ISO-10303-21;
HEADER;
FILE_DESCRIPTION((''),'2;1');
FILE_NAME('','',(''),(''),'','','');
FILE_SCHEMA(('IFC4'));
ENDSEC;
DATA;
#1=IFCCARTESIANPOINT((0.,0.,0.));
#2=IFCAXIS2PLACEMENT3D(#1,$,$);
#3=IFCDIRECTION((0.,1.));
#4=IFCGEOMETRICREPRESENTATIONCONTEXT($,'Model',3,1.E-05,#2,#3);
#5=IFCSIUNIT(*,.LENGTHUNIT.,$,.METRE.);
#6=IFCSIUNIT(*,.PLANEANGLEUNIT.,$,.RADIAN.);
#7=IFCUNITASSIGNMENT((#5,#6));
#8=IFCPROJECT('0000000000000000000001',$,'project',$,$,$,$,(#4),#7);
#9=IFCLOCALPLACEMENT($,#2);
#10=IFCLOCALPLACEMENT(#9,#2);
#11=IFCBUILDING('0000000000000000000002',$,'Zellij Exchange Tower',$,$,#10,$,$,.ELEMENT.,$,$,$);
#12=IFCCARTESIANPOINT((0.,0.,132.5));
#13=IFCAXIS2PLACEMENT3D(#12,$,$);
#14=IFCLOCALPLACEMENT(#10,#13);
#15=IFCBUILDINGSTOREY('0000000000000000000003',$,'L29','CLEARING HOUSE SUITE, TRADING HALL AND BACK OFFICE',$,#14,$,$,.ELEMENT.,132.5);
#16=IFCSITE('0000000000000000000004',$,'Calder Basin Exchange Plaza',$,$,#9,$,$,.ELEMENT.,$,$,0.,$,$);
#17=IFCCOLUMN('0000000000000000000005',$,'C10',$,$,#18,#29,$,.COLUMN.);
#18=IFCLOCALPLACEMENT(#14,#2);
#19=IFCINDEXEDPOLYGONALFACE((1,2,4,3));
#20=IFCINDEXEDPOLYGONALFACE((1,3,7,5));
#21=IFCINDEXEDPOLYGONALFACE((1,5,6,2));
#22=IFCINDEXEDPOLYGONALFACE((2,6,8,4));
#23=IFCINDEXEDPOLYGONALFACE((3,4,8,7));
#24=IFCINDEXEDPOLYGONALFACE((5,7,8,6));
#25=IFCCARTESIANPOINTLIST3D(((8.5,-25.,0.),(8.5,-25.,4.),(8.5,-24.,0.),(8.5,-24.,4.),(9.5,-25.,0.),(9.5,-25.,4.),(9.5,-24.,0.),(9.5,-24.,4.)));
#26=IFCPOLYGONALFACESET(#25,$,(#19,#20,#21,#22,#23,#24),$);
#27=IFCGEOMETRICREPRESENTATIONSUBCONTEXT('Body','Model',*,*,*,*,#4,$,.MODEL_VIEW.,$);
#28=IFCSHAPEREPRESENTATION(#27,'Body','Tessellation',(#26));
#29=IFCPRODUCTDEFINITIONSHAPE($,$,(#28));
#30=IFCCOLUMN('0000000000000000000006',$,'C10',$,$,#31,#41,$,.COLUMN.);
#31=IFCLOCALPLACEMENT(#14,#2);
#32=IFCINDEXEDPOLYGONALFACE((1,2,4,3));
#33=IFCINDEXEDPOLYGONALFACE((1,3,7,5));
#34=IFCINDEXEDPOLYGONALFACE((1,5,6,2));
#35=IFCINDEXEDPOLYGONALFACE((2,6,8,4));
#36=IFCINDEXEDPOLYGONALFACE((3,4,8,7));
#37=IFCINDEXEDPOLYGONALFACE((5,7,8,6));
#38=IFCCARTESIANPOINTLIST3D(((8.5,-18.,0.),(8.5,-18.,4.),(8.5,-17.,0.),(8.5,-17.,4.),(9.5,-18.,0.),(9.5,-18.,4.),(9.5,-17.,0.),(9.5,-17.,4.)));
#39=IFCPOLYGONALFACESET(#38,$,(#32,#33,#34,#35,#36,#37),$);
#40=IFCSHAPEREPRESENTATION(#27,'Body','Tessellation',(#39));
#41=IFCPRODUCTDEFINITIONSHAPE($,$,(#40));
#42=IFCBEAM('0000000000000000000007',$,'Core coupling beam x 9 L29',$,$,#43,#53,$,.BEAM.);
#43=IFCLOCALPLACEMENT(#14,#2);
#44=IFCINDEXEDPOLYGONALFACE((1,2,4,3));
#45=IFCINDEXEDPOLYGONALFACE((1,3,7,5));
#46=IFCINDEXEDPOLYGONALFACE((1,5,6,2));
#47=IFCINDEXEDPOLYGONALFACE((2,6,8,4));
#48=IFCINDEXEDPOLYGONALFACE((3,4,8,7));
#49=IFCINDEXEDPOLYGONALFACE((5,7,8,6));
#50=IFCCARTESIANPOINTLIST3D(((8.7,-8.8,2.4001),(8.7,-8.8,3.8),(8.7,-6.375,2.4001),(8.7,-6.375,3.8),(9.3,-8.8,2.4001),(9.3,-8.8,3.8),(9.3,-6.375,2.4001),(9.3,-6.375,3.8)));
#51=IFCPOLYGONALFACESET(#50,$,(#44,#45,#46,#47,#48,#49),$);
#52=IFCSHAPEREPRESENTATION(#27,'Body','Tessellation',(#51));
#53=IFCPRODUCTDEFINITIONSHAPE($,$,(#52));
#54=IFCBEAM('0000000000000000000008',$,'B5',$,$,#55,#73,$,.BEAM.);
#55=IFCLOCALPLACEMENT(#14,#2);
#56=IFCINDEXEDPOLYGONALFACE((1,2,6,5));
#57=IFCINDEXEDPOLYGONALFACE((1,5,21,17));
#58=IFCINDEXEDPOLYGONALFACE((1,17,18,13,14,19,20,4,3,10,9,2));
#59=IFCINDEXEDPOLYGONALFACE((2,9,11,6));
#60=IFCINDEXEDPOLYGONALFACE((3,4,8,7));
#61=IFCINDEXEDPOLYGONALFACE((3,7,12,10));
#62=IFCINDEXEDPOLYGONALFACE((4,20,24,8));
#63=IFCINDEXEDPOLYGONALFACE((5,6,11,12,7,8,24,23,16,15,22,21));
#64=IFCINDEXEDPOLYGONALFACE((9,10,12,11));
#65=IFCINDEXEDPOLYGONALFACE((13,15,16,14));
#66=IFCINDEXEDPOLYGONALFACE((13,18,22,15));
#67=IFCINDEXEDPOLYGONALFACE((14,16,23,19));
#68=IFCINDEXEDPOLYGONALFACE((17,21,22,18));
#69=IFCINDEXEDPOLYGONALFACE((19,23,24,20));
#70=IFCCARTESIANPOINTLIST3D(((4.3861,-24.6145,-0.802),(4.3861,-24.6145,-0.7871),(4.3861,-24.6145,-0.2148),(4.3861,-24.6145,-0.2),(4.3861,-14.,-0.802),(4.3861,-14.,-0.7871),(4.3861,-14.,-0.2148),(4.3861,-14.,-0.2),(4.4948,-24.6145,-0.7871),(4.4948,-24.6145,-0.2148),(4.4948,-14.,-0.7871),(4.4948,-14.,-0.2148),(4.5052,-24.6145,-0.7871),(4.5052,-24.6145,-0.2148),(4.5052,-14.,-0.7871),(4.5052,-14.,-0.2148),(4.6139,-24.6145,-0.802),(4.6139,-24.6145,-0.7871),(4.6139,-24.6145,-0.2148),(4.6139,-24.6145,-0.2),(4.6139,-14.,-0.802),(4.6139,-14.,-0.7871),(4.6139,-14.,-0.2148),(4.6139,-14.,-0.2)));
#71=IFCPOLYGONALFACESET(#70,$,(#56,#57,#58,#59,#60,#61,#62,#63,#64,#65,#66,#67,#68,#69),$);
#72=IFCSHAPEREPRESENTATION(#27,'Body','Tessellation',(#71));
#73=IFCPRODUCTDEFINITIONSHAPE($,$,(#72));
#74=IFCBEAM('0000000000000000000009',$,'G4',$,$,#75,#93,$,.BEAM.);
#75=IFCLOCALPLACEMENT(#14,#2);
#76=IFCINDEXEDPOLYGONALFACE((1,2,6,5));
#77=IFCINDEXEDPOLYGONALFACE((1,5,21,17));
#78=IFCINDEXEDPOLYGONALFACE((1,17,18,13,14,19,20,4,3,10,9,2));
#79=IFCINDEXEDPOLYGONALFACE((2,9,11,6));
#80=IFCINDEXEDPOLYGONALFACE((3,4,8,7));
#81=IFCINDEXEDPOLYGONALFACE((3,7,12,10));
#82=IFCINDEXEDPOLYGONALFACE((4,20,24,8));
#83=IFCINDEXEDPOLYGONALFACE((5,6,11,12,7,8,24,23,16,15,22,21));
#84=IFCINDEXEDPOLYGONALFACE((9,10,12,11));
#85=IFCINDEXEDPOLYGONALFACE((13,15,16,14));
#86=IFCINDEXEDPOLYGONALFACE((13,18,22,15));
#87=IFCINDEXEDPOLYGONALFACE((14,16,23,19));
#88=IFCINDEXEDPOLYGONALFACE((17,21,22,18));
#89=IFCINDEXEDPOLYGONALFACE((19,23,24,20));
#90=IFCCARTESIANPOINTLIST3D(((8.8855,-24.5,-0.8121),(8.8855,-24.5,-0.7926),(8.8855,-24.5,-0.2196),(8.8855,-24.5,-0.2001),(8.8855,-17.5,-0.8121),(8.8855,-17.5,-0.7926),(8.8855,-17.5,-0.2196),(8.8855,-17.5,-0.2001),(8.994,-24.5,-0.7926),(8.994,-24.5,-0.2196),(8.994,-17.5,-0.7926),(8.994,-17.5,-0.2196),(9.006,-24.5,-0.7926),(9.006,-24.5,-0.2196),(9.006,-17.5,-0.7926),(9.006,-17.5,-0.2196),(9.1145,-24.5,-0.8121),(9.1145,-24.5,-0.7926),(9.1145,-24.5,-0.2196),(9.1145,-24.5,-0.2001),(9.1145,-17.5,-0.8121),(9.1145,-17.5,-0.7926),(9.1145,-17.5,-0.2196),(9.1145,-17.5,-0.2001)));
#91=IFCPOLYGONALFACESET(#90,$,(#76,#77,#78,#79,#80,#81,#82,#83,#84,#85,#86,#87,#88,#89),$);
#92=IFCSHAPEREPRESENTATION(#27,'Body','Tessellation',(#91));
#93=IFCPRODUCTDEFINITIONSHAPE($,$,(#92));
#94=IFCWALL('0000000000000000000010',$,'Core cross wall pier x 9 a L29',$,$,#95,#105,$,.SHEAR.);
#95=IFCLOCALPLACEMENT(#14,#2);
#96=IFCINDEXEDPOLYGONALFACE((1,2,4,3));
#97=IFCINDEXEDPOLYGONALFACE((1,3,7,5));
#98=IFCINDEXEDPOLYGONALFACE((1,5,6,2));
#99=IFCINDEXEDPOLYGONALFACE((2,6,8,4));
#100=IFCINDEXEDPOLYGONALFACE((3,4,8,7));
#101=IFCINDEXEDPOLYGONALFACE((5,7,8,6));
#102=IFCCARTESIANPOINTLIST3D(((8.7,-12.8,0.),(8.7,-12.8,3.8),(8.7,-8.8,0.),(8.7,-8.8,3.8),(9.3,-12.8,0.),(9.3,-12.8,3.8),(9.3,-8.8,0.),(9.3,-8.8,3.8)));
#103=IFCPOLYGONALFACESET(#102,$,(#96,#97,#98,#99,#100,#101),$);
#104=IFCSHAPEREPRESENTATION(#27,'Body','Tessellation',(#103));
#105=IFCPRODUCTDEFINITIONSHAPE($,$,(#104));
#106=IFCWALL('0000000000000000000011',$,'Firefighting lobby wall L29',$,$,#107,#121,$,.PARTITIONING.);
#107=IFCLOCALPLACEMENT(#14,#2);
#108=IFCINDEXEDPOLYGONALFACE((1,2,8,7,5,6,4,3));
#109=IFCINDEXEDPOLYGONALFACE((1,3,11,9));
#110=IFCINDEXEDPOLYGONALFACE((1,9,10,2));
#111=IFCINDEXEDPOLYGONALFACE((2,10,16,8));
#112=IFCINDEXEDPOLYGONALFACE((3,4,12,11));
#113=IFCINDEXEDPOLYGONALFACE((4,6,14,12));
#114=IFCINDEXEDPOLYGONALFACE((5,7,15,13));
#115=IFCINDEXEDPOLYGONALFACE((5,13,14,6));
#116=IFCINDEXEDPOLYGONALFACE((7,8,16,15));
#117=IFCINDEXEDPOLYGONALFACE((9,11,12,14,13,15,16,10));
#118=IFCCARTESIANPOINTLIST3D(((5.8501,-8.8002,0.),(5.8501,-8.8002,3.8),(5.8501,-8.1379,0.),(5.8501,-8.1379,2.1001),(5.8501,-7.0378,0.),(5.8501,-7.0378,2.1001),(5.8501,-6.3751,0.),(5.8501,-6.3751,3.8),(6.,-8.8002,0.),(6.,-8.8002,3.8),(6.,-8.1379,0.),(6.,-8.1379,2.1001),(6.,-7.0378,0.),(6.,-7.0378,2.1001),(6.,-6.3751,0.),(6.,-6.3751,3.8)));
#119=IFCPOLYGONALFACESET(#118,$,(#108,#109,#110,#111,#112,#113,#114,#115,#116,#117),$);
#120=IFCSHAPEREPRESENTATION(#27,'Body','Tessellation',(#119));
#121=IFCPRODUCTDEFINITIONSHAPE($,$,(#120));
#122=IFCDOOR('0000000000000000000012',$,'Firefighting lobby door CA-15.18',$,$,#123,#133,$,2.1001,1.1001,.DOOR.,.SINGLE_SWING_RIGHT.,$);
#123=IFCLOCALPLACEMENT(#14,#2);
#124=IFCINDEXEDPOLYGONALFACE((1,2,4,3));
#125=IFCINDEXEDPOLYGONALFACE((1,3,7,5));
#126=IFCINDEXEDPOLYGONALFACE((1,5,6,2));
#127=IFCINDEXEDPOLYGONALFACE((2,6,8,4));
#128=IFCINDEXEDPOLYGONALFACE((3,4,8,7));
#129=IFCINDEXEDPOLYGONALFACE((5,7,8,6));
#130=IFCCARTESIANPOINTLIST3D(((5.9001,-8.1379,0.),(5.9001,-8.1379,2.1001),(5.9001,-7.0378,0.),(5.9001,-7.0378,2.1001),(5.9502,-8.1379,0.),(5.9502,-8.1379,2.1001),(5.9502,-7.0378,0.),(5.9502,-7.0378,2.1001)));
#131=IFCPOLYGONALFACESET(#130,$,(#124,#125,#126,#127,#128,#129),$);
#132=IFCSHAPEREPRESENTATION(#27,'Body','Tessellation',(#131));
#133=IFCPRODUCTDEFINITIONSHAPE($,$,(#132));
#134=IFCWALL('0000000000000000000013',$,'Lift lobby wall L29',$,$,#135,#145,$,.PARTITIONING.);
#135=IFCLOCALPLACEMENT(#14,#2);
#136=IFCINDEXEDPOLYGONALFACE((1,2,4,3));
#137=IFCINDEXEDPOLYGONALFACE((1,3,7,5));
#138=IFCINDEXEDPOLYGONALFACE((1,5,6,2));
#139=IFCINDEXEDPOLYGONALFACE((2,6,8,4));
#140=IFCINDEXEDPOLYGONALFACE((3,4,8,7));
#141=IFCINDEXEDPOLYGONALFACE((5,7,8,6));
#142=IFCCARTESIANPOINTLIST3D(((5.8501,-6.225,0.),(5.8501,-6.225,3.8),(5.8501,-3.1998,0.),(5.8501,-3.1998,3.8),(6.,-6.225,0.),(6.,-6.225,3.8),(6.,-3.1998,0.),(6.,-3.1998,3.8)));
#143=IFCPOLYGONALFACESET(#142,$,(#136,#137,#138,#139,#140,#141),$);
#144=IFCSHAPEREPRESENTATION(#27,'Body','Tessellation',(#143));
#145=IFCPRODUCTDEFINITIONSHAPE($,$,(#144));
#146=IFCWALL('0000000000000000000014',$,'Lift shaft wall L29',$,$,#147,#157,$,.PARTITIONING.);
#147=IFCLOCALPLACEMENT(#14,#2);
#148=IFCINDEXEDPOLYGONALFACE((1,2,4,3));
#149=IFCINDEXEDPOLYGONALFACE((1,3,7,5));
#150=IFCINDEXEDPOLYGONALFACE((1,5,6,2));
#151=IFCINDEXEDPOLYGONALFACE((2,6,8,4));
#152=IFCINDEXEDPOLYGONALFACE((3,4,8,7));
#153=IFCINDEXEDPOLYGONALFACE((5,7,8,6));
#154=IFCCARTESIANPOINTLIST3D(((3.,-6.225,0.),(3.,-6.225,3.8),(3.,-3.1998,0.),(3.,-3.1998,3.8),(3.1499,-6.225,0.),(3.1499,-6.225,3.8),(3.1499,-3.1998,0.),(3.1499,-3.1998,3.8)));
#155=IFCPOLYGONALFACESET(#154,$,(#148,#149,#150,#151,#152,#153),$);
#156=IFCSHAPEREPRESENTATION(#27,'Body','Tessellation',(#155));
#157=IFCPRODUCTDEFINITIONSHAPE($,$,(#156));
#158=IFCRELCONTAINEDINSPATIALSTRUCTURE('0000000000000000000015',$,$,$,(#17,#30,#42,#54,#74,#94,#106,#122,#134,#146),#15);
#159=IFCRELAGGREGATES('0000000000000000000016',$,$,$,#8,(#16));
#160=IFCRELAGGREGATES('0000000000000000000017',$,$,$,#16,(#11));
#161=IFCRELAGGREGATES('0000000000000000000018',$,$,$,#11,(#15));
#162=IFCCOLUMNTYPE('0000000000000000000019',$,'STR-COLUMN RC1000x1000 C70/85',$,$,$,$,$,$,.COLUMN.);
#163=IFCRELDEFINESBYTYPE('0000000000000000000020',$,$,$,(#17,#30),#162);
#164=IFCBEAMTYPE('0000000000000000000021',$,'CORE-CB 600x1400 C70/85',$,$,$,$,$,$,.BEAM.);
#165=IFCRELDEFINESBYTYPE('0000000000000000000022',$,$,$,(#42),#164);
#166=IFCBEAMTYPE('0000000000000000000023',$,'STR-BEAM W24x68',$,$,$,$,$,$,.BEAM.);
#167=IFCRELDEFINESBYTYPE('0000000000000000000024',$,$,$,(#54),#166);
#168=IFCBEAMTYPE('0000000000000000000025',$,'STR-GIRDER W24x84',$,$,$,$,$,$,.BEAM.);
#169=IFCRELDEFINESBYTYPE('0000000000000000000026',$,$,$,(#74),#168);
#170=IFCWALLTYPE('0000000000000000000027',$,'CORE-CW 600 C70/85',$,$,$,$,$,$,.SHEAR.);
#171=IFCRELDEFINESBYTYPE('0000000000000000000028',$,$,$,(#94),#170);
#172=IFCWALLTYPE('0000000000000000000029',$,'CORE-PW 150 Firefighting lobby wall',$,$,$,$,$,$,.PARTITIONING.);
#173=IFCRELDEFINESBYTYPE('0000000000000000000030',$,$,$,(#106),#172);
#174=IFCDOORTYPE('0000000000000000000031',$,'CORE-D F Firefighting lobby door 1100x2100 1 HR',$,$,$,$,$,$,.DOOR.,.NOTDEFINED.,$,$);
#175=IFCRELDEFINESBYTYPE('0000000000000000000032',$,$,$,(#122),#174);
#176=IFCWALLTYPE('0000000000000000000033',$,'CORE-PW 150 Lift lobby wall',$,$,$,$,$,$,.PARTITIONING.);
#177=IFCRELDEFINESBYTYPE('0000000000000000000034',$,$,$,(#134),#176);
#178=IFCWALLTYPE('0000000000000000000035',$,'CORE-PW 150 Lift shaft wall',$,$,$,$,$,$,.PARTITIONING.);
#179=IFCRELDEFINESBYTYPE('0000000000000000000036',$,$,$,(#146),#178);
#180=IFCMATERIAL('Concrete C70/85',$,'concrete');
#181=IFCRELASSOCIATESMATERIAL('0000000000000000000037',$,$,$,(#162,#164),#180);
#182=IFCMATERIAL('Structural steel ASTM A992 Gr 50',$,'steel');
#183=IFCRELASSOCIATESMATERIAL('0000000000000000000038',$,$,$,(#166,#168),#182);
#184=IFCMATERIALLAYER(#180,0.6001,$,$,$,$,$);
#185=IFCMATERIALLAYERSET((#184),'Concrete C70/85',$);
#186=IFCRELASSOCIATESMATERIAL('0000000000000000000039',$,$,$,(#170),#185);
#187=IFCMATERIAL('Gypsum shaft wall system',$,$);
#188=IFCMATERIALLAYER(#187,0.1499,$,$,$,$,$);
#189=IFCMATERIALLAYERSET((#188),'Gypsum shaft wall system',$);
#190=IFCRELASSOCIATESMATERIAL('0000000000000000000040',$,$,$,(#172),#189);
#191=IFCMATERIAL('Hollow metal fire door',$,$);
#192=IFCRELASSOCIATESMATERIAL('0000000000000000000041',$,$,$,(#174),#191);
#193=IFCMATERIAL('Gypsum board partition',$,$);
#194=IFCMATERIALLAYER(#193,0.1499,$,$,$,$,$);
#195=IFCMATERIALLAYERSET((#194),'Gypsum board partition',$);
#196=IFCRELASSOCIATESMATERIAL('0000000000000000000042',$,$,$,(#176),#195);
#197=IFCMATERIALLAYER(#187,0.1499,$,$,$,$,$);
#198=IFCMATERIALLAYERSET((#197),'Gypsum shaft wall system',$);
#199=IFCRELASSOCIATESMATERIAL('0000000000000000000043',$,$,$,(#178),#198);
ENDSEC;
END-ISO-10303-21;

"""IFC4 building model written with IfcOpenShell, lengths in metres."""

from ifc_helpers import new_model, si_unit, direction, frame, frame_2d, origin, origin_2d, place, context, subcontext, project, spatial, rectangle, i_section, extrude, material, layer, layer_set, material_profile, profile_set, type_object, element, fill, save


model = new_model("IFC4")

# Units and contexts
model_context = context("Model", 3, precision=1e-05, world=origin(), true_north=direction((0.0, 1.0)))
body_context = subcontext(model_context, "Body", "Model", "MODEL_VIEW")
ifc_project = project(units=[si_unit("LENGTHUNIT", "METRE"), si_unit("PLANEANGLEUNIT", "RADIAN")], contexts=[model_context])

# Site, building, storey
site_placement = place(None, origin())
site = spatial("IfcSite", under=ifc_project, at=site_placement, Name="Calder Basin Exchange Plaza", CompositionType="ELEMENT", RefElevation=0.0)
building_placement = place(site_placement, origin())
building = spatial("IfcBuilding", under=site, at=building_placement, Name="Zellij Exchange Tower", CompositionType="ELEMENT")
storey_placement = place(building_placement, frame((0.0, 0.0, 132.5)))
storey = spatial("IfcBuildingStorey", under=building, at=storey_placement, Name="L29", Description="CLEARING HOUSE SUITE, TRADING HALL AND BACK OFFICE", CompositionType="ELEMENT", Elevation=132.5)

# Columns
ifc_material_1 = material(Name="Concrete C70/85", Category="concrete")
ifc_material_profile_1 = material_profile(ifc_material_1, rectangle(XDim=1.0, YDim=1.0, at=origin_2d()), Name="STR-COLUMN RC1000x1000 C70/85")
ifc_profile_set_1 = profile_set([ifc_material_profile_1], Name="Concrete C70/85")
column_type = type_object("IfcColumnType", Name="STR-COLUMN RC1000x1000 C70/85", PredefinedType="COLUMN", material=ifc_profile_set_1)
for number, where, z_axis, x_axis, name in (
    (1, (9.0, -24.5, 0.0), (0.0, 0.0, 1.0), (1.0, 0.0, 0.0), "C10"),
    (2, (9.0, -17.5, 0.0), (0.0, 0.0, 1.0), (1.0, 0.0, 0.0), "C10"),
):
    element("IfcColumn", number, at=place(storey_placement, frame(where, z_axis=z_axis, x_axis=x_axis)), inside=storey, type_object=column_type, Name=name, PredefinedType="COLUMN", context=body_context, shape_type="SweptSolid", body=[
        extrude(rectangle(XDim=1.0, YDim=1.0, at=origin_2d()), origin(), (0.0, 0.0, 1.0), 4.0),
    ])

# Beams
ifc_material_profile_2 = material_profile(ifc_material_1, rectangle(XDim=0.6001, YDim=1.3999, at=origin_2d()), Name="CORE-CB 600x1400 C70/85")
ifc_profile_set_2 = profile_set([ifc_material_profile_2], Name="Concrete C70/85")
beam_type_1 = type_object("IfcBeamType", Name="CORE-CB 600x1400 C70/85", PredefinedType="BEAM", material=ifc_profile_set_2)
beam_1_placement = place(storey_placement, frame((9.0, -8.8, 3.1001), z_axis=(0.0, 1.0, 0.0), x_axis=(-1.0, 0.0, 0.0)))
element("IfcBeam", 3, at=beam_1_placement, inside=storey, type_object=beam_type_1, Name="Core coupling beam x 9 L29", PredefinedType="BEAM", context=body_context, shape_type="SweptSolid", body=[
    extrude(rectangle(XDim=0.6001, YDim=1.3999, at=origin_2d()), origin(), (0.0, 0.0, 1.0), 2.425),
])
ifc_material_2 = material(Name="Structural steel ASTM A992 Gr 50", Category="steel")
ifc_material_profile_3 = material_profile(ifc_material_2, i_section(OverallWidth=0.2278, OverallDepth=0.6021, WebThickness=0.0105, FlangeThickness=0.0149, at=origin_2d()), Name="W24x68")
ifc_profile_set_3 = profile_set([ifc_material_profile_3], Name="Structural steel ASTM A992 Gr 50")
beam_type_2 = type_object("IfcBeamType", Name="STR-BEAM W24x68", PredefinedType="BEAM", material=ifc_profile_set_3)
beam_2_placement = place(storey_placement, frame((4.5, -24.6145, -0.501), z_axis=(0.0, 1.0, 0.0), x_axis=(-1.0, 0.0, 0.0)))
element("IfcBeam", 4, at=beam_2_placement, inside=storey, type_object=beam_type_2, Name="B5", PredefinedType="BEAM", context=body_context, shape_type="SweptSolid", body=[
    extrude(i_section(OverallWidth=0.2278, OverallDepth=0.6021, WebThickness=0.0105, FlangeThickness=0.0149, at=origin_2d()), origin(), (0.0, 0.0, 1.0), 10.6145),
])
ifc_material_profile_4 = material_profile(ifc_material_2, i_section(OverallWidth=0.229, OverallDepth=0.6121, WebThickness=0.012, FlangeThickness=0.0195, at=origin_2d()), Name="W24x84")
ifc_profile_set_4 = profile_set([ifc_material_profile_4], Name="Structural steel ASTM A992 Gr 50")
beam_type_3 = type_object("IfcBeamType", Name="STR-GIRDER W24x84", PredefinedType="BEAM", material=ifc_profile_set_4)
beam_3_placement = place(storey_placement, frame((9.0, -24.5, -0.5061), z_axis=(0.0, 1.0, 0.0), x_axis=(-1.0, 0.0, 0.0)))
element("IfcBeam", 5, at=beam_3_placement, inside=storey, type_object=beam_type_3, Name="G4", PredefinedType="BEAM", context=body_context, shape_type="SweptSolid", body=[
    extrude(i_section(OverallWidth=0.229, OverallDepth=0.6121, WebThickness=0.012, FlangeThickness=0.0195, at=origin_2d()), origin(), (0.0, 0.0, 1.0), 7.0),
])

# Wall
ifc_layer_1 = layer(ifc_material_1, 0.6001)
ifc_layer_set_1 = layer_set([ifc_layer_1], Name="Concrete C70/85")
wall_type_1 = type_object("IfcWallType", Name="CORE-CW 600 C70/85", PredefinedType="SHEAR", material=ifc_layer_set_1)
wall_1_placement = place(storey_placement, frame((9.0, -12.8, 0.0), z_axis=(0.0, 0.0, 1.0), x_axis=(0.0, 1.0, 0.0)))
element("IfcWall", 6, at=wall_1_placement, inside=storey, type_object=wall_type_1, Name="Core cross wall pier x 9 a L29", PredefinedType="SHEAR", context=body_context, shape_type="SweptSolid", body=[
    extrude(rectangle(XDim=4.0, YDim=0.6001, at=frame_2d((2.0, 0.0))), origin(), (0.0, 0.0, 1.0), 3.8),
])

# Wall, opening, door
ifc_material_3 = material(Name="Gypsum shaft wall system")
ifc_layer_2 = layer(ifc_material_3, 0.1499)
ifc_layer_set_2 = layer_set([ifc_layer_2], Name="Gypsum shaft wall system")
wall_type_2 = type_object("IfcWallType", Name="CORE-PW 150 Firefighting lobby wall", PredefinedType="PARTITIONING", material=ifc_layer_set_2)
wall_2_placement = place(storey_placement, frame((5.925, -8.8, 0.0), z_axis=(0.0, 0.0, 1.0), x_axis=(0.0, 1.0, 0.0)))
wall_2 = element("IfcWall", 7, at=wall_2_placement, inside=storey, type_object=wall_type_2, Name="Firefighting lobby wall L29", PredefinedType="PARTITIONING", context=body_context, shape_type="SweptSolid", body=[
    extrude(rectangle(XDim=2.425, YDim=0.1499, at=frame_2d((1.2124, 0.0))), origin(), (0.0, 0.0, 1.0), 3.8),
])
opening_1_placement = place(wall_2_placement, frame((0.6621, 0.0, 0.0)))
opening_1 = element("IfcOpeningElement", 8, at=opening_1_placement, cuts=wall_2, PredefinedType="OPENING", context=body_context, shape_type="SweptSolid", body=[
    extrude(rectangle(XDim=1.1001, YDim=2.1001, at=frame_2d((0.55, 1.05))), frame((0.0, 0.0869, 0.0), z_axis=(0.0, -1.0, 0.0), x_axis=(1.0, 0.0, 0.0)), (0.0, 0.0, 1.0), 0.1738),
])
ifc_material_4 = material(Name="Hollow metal fire door")
door_type_1 = type_object("IfcDoorType", Name="CORE-D F Firefighting lobby door 1100x2100 1 HR", OperationType="NOTDEFINED", PredefinedType="DOOR", material=ifc_material_4)
door_1_placement = place(opening_1_placement, origin())
door_1 = element("IfcDoor", 9, at=door_1_placement, inside=storey, type_object=door_type_1, Name="Firefighting lobby door CA-15.18", OperationType="SINGLE_SWING_RIGHT", OverallHeight=2.1001, OverallWidth=1.1001, PredefinedType="DOOR", context=body_context, shape_type="SweptSolid", body=[
    extrude(rectangle(XDim=1.1001, YDim=2.1001, at=frame_2d((0.55, 1.05))), frame((0.0, 0.0249, 0.0), z_axis=(0.0, -1.0, 0.0), x_axis=(1.0, 0.0, 0.0)), (0.0, 0.0, 1.0), 0.05),
])
fill(opening_1, door_1)

# Walls
ifc_material_5 = material(Name="Gypsum board partition")
ifc_layer_3 = layer(ifc_material_5, 0.1499)
ifc_layer_set_3 = layer_set([ifc_layer_3], Name="Gypsum board partition")
wall_type_3 = type_object("IfcWallType", Name="CORE-PW 150 Lift lobby wall", PredefinedType="PARTITIONING", material=ifc_layer_set_3)
wall_3_placement = place(storey_placement, frame((5.925, -6.2251, 0.0), z_axis=(0.0, 0.0, 1.0), x_axis=(0.0, 1.0, 0.0)))
element("IfcWall", 10, at=wall_3_placement, inside=storey, type_object=wall_type_3, Name="Lift lobby wall L29", PredefinedType="PARTITIONING", context=body_context, shape_type="SweptSolid", body=[
    extrude(rectangle(XDim=3.0251, YDim=0.1499, at=frame_2d((1.5127, 0.0))), origin(), (0.0, 0.0, 1.0), 3.8),
])
ifc_layer_4 = layer(ifc_material_3, 0.1499)
ifc_layer_set_4 = layer_set([ifc_layer_4], Name="Gypsum shaft wall system")
wall_type_4 = type_object("IfcWallType", Name="CORE-PW 150 Lift shaft wall", PredefinedType="PARTITIONING", material=ifc_layer_set_4)
wall_4_placement = place(storey_placement, frame((3.075, -6.2251, 0.0), z_axis=(0.0, 0.0, 1.0), x_axis=(0.0, 1.0, 0.0)))
element("IfcWall", 11, at=wall_4_placement, inside=storey, type_object=wall_type_4, Name="Lift shaft wall L29", PredefinedType="PARTITIONING", context=body_context, shape_type="SweptSolid", body=[
    extrude(rectangle(XDim=3.0251, YDim=0.1499, at=frame_2d((1.5127, 0.0))), origin(), (0.0, 0.0, 1.0), 3.8),
])

save(model, "model.ifc")
